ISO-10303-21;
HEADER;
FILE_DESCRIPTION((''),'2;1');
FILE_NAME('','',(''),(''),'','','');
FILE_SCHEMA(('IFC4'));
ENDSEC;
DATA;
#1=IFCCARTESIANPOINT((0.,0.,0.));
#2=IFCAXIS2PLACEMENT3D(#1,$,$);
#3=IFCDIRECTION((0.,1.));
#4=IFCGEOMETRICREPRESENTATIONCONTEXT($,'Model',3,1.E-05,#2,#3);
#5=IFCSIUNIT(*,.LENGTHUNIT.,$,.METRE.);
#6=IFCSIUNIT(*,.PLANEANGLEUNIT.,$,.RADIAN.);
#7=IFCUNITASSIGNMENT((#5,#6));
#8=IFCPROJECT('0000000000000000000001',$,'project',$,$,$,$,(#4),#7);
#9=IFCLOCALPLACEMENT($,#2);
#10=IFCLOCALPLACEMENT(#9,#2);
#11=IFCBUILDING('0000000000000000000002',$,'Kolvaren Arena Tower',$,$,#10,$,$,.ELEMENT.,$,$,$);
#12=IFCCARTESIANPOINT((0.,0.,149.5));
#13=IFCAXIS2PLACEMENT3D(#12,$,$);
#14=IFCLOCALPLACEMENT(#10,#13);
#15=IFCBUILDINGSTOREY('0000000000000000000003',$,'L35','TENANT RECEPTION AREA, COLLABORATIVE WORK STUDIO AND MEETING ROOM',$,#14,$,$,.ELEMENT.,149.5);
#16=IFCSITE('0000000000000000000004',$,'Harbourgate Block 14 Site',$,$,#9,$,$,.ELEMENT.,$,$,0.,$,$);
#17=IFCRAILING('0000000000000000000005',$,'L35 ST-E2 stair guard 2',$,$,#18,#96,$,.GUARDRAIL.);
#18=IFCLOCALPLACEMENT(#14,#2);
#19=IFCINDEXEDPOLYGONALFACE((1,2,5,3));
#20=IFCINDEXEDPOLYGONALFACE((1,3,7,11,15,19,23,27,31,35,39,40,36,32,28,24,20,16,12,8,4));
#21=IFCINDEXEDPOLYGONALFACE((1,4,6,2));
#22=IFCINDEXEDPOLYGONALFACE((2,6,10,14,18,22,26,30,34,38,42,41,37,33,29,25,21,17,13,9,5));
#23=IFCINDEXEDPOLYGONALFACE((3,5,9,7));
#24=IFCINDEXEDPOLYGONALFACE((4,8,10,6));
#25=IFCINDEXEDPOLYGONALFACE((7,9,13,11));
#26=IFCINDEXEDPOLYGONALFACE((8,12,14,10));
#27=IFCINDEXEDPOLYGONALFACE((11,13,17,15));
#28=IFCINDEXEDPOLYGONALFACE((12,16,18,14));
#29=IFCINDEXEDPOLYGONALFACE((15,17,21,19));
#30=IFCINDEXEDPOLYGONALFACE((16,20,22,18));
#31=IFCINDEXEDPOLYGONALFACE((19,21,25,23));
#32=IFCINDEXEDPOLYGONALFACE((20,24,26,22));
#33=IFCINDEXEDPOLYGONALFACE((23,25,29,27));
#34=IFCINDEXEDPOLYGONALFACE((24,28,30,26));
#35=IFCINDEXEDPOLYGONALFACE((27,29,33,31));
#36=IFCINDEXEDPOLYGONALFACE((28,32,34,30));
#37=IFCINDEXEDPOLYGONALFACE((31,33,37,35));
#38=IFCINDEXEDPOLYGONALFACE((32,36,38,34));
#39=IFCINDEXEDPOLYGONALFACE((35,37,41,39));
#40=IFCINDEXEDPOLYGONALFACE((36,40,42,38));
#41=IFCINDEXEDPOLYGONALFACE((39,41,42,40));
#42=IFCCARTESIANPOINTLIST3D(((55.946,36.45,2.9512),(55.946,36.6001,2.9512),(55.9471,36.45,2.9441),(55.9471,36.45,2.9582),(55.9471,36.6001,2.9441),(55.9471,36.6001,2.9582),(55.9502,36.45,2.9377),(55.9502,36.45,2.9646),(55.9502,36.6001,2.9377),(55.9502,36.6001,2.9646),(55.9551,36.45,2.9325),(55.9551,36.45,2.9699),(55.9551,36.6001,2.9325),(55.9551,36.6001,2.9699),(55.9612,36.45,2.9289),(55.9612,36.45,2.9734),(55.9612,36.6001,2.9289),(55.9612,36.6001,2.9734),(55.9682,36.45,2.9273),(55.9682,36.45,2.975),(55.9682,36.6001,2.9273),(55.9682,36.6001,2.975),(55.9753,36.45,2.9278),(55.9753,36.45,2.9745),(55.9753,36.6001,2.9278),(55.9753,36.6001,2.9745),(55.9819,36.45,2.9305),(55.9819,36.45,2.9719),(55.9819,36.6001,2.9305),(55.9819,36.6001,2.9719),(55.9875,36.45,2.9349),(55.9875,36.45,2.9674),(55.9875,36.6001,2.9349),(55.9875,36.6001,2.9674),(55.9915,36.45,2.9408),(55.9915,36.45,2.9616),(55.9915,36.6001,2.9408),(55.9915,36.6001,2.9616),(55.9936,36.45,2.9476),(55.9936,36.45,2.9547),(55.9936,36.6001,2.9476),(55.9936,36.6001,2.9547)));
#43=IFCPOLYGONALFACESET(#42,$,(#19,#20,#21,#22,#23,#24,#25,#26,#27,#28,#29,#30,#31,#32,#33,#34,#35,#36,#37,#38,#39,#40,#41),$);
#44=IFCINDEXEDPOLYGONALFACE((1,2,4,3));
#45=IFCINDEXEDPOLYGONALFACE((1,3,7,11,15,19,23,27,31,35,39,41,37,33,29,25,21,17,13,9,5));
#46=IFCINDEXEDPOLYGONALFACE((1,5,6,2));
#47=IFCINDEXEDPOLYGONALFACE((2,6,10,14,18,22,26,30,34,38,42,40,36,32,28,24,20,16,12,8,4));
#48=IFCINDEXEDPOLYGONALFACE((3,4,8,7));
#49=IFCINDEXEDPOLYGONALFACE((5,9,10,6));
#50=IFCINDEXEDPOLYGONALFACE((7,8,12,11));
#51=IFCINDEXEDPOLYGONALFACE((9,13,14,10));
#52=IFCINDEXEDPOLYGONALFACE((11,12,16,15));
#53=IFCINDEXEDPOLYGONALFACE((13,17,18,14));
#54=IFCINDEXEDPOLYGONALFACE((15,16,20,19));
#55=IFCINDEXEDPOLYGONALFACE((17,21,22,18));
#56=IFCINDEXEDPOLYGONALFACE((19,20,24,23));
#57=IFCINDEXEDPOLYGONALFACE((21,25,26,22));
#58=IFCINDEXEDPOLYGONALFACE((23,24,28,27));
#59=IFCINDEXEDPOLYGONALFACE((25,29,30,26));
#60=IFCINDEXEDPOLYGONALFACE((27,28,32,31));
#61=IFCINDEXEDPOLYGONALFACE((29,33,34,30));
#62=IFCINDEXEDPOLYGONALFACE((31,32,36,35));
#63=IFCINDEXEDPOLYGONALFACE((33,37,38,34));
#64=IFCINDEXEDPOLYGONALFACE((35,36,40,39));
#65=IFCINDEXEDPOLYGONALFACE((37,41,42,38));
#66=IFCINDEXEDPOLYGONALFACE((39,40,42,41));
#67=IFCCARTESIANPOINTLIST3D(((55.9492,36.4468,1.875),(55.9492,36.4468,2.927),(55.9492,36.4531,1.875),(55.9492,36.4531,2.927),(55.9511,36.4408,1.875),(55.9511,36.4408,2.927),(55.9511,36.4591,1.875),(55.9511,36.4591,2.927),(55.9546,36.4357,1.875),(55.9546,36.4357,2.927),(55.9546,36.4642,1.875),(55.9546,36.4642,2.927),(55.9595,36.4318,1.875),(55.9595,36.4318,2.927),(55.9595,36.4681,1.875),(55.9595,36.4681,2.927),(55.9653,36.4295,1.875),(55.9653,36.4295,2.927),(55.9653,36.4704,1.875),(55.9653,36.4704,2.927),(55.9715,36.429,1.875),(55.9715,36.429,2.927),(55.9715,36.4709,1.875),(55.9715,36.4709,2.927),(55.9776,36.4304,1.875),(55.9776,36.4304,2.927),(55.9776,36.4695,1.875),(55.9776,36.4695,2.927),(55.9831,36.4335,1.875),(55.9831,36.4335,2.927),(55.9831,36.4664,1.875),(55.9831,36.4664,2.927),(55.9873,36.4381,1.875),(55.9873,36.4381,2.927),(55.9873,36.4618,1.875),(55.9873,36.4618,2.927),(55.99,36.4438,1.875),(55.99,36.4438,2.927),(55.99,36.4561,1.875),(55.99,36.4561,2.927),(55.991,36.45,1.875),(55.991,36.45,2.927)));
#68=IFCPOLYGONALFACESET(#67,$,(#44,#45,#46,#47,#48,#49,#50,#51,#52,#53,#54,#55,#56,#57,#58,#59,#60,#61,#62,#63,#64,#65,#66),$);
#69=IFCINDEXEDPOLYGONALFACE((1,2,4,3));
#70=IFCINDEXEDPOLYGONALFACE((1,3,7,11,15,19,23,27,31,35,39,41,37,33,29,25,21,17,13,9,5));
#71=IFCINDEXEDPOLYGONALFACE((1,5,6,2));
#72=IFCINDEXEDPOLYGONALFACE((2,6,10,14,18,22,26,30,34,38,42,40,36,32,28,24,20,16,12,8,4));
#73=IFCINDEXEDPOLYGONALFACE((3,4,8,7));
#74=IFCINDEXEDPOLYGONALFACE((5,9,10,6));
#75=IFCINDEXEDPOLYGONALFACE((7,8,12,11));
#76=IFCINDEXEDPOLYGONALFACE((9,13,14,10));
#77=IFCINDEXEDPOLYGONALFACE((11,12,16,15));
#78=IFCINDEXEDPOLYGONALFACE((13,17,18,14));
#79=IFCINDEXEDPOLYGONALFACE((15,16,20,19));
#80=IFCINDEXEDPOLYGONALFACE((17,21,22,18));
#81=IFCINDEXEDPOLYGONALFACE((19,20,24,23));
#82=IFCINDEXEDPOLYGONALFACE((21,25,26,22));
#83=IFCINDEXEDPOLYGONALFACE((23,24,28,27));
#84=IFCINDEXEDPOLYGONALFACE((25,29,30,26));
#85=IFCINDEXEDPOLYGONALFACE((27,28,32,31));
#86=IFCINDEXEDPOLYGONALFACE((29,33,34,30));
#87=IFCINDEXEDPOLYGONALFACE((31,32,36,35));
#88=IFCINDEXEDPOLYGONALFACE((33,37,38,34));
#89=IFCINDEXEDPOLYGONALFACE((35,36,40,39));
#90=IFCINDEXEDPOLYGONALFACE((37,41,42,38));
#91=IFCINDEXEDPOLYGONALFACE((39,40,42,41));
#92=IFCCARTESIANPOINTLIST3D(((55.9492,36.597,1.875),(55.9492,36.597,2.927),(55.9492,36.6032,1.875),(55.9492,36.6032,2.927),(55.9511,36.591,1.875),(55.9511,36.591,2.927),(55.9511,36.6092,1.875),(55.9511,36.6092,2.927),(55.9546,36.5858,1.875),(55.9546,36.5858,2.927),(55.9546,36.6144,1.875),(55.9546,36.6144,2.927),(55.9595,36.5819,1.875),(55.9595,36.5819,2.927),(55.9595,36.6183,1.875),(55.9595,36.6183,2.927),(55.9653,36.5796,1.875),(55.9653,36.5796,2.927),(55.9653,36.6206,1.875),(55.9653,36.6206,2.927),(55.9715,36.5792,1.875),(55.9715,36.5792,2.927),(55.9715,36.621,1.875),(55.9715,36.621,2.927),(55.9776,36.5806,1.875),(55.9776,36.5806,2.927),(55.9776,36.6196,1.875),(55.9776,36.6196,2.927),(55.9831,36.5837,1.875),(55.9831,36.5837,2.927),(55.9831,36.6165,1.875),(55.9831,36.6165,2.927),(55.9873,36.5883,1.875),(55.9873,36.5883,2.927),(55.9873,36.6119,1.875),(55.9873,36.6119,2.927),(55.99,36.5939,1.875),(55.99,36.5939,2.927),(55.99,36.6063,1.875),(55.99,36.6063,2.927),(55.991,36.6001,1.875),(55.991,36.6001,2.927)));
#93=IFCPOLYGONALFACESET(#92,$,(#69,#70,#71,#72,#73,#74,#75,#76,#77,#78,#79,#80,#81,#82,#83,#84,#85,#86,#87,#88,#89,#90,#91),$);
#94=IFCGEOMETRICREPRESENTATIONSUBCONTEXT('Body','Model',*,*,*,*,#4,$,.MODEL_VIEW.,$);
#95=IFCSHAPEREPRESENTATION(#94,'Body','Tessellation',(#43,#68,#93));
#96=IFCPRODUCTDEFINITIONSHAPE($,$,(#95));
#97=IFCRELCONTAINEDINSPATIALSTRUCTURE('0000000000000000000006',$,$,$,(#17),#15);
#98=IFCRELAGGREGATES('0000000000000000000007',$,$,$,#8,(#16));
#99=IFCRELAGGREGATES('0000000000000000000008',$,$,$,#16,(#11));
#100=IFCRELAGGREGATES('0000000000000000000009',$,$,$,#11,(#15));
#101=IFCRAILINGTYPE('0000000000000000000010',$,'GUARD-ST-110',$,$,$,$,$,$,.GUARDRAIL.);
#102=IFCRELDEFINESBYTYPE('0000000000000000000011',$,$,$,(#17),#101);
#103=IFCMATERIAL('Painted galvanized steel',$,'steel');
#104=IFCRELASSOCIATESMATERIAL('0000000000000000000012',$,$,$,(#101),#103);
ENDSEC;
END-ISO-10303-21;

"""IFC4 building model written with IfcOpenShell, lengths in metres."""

from ifc_helpers import new_model, si_unit, direction, frame, origin, origin_2d, place, context, subcontext, project, spatial, circle, extrude, material, type_object, element, save


model = new_model("IFC4")

# Units and contexts
model_context = context("Model", 3, precision=1e-05, world=origin(), true_north=direction((0.0, 1.0)))
body_context = subcontext(model_context, "Body", "Model", "MODEL_VIEW")
ifc_project = project(units=[si_unit("LENGTHUNIT", "METRE"), si_unit("PLANEANGLEUNIT", "RADIAN")], contexts=[model_context])

# Site, building, storey
site_placement = place(None, origin())
site = spatial("IfcSite", under=ifc_project, at=site_placement, Name="Harbourgate Block 14 Site", CompositionType="ELEMENT", RefElevation=0.0)
building_placement = place(site_placement, origin())
building = spatial("IfcBuilding", under=site, at=building_placement, Name="Kolvaren Arena Tower", CompositionType="ELEMENT")
storey_placement = place(building_placement, frame((0.0, 0.0, 149.5)))
storey = spatial("IfcBuildingStorey", under=building, at=storey_placement, Name="L35", Description="TENANT RECEPTION AREA, COLLABORATIVE WORK STUDIO AND MEETING ROOM", CompositionType="ELEMENT", Elevation=149.5)

# Railing
ifc_material_1 = material(Name="Painted galvanized steel", Category="steel")
railing_type_1 = type_object("IfcRailingType", Name="GUARD-ST-110", PredefinedType="GUARDRAIL", material=ifc_material_1)
railing_1_placement = place(storey_placement, frame((55.97, 36.45, 1.875)))
element("IfcRailing", 1, at=railing_1_placement, inside=storey, type_object=railing_type_1, Name="L35 ST-E2 stair guard 2", PredefinedType="GUARDRAIL", context=body_context, shape_type="SweptSolid", body=[
    extrude(circle(Radius=0.0239, at=origin_2d()), frame((0.0, 0.0, 1.0762), z_axis=(0.0, 1.0, 0.0), x_axis=(-1.0, 0.0, 0.0)), (0.0, 0.0, 1.0), 0.1501),
    extrude(circle(Radius=0.021, at=origin_2d()), origin(), (0.0, 0.0, 1.0), 1.052),
    extrude(circle(Radius=0.021, at=origin_2d()), frame((0.0, 0.1501, 0.0)), (0.0, 0.0, 1.0), 1.052),
])

save(model, "model.ifc")
